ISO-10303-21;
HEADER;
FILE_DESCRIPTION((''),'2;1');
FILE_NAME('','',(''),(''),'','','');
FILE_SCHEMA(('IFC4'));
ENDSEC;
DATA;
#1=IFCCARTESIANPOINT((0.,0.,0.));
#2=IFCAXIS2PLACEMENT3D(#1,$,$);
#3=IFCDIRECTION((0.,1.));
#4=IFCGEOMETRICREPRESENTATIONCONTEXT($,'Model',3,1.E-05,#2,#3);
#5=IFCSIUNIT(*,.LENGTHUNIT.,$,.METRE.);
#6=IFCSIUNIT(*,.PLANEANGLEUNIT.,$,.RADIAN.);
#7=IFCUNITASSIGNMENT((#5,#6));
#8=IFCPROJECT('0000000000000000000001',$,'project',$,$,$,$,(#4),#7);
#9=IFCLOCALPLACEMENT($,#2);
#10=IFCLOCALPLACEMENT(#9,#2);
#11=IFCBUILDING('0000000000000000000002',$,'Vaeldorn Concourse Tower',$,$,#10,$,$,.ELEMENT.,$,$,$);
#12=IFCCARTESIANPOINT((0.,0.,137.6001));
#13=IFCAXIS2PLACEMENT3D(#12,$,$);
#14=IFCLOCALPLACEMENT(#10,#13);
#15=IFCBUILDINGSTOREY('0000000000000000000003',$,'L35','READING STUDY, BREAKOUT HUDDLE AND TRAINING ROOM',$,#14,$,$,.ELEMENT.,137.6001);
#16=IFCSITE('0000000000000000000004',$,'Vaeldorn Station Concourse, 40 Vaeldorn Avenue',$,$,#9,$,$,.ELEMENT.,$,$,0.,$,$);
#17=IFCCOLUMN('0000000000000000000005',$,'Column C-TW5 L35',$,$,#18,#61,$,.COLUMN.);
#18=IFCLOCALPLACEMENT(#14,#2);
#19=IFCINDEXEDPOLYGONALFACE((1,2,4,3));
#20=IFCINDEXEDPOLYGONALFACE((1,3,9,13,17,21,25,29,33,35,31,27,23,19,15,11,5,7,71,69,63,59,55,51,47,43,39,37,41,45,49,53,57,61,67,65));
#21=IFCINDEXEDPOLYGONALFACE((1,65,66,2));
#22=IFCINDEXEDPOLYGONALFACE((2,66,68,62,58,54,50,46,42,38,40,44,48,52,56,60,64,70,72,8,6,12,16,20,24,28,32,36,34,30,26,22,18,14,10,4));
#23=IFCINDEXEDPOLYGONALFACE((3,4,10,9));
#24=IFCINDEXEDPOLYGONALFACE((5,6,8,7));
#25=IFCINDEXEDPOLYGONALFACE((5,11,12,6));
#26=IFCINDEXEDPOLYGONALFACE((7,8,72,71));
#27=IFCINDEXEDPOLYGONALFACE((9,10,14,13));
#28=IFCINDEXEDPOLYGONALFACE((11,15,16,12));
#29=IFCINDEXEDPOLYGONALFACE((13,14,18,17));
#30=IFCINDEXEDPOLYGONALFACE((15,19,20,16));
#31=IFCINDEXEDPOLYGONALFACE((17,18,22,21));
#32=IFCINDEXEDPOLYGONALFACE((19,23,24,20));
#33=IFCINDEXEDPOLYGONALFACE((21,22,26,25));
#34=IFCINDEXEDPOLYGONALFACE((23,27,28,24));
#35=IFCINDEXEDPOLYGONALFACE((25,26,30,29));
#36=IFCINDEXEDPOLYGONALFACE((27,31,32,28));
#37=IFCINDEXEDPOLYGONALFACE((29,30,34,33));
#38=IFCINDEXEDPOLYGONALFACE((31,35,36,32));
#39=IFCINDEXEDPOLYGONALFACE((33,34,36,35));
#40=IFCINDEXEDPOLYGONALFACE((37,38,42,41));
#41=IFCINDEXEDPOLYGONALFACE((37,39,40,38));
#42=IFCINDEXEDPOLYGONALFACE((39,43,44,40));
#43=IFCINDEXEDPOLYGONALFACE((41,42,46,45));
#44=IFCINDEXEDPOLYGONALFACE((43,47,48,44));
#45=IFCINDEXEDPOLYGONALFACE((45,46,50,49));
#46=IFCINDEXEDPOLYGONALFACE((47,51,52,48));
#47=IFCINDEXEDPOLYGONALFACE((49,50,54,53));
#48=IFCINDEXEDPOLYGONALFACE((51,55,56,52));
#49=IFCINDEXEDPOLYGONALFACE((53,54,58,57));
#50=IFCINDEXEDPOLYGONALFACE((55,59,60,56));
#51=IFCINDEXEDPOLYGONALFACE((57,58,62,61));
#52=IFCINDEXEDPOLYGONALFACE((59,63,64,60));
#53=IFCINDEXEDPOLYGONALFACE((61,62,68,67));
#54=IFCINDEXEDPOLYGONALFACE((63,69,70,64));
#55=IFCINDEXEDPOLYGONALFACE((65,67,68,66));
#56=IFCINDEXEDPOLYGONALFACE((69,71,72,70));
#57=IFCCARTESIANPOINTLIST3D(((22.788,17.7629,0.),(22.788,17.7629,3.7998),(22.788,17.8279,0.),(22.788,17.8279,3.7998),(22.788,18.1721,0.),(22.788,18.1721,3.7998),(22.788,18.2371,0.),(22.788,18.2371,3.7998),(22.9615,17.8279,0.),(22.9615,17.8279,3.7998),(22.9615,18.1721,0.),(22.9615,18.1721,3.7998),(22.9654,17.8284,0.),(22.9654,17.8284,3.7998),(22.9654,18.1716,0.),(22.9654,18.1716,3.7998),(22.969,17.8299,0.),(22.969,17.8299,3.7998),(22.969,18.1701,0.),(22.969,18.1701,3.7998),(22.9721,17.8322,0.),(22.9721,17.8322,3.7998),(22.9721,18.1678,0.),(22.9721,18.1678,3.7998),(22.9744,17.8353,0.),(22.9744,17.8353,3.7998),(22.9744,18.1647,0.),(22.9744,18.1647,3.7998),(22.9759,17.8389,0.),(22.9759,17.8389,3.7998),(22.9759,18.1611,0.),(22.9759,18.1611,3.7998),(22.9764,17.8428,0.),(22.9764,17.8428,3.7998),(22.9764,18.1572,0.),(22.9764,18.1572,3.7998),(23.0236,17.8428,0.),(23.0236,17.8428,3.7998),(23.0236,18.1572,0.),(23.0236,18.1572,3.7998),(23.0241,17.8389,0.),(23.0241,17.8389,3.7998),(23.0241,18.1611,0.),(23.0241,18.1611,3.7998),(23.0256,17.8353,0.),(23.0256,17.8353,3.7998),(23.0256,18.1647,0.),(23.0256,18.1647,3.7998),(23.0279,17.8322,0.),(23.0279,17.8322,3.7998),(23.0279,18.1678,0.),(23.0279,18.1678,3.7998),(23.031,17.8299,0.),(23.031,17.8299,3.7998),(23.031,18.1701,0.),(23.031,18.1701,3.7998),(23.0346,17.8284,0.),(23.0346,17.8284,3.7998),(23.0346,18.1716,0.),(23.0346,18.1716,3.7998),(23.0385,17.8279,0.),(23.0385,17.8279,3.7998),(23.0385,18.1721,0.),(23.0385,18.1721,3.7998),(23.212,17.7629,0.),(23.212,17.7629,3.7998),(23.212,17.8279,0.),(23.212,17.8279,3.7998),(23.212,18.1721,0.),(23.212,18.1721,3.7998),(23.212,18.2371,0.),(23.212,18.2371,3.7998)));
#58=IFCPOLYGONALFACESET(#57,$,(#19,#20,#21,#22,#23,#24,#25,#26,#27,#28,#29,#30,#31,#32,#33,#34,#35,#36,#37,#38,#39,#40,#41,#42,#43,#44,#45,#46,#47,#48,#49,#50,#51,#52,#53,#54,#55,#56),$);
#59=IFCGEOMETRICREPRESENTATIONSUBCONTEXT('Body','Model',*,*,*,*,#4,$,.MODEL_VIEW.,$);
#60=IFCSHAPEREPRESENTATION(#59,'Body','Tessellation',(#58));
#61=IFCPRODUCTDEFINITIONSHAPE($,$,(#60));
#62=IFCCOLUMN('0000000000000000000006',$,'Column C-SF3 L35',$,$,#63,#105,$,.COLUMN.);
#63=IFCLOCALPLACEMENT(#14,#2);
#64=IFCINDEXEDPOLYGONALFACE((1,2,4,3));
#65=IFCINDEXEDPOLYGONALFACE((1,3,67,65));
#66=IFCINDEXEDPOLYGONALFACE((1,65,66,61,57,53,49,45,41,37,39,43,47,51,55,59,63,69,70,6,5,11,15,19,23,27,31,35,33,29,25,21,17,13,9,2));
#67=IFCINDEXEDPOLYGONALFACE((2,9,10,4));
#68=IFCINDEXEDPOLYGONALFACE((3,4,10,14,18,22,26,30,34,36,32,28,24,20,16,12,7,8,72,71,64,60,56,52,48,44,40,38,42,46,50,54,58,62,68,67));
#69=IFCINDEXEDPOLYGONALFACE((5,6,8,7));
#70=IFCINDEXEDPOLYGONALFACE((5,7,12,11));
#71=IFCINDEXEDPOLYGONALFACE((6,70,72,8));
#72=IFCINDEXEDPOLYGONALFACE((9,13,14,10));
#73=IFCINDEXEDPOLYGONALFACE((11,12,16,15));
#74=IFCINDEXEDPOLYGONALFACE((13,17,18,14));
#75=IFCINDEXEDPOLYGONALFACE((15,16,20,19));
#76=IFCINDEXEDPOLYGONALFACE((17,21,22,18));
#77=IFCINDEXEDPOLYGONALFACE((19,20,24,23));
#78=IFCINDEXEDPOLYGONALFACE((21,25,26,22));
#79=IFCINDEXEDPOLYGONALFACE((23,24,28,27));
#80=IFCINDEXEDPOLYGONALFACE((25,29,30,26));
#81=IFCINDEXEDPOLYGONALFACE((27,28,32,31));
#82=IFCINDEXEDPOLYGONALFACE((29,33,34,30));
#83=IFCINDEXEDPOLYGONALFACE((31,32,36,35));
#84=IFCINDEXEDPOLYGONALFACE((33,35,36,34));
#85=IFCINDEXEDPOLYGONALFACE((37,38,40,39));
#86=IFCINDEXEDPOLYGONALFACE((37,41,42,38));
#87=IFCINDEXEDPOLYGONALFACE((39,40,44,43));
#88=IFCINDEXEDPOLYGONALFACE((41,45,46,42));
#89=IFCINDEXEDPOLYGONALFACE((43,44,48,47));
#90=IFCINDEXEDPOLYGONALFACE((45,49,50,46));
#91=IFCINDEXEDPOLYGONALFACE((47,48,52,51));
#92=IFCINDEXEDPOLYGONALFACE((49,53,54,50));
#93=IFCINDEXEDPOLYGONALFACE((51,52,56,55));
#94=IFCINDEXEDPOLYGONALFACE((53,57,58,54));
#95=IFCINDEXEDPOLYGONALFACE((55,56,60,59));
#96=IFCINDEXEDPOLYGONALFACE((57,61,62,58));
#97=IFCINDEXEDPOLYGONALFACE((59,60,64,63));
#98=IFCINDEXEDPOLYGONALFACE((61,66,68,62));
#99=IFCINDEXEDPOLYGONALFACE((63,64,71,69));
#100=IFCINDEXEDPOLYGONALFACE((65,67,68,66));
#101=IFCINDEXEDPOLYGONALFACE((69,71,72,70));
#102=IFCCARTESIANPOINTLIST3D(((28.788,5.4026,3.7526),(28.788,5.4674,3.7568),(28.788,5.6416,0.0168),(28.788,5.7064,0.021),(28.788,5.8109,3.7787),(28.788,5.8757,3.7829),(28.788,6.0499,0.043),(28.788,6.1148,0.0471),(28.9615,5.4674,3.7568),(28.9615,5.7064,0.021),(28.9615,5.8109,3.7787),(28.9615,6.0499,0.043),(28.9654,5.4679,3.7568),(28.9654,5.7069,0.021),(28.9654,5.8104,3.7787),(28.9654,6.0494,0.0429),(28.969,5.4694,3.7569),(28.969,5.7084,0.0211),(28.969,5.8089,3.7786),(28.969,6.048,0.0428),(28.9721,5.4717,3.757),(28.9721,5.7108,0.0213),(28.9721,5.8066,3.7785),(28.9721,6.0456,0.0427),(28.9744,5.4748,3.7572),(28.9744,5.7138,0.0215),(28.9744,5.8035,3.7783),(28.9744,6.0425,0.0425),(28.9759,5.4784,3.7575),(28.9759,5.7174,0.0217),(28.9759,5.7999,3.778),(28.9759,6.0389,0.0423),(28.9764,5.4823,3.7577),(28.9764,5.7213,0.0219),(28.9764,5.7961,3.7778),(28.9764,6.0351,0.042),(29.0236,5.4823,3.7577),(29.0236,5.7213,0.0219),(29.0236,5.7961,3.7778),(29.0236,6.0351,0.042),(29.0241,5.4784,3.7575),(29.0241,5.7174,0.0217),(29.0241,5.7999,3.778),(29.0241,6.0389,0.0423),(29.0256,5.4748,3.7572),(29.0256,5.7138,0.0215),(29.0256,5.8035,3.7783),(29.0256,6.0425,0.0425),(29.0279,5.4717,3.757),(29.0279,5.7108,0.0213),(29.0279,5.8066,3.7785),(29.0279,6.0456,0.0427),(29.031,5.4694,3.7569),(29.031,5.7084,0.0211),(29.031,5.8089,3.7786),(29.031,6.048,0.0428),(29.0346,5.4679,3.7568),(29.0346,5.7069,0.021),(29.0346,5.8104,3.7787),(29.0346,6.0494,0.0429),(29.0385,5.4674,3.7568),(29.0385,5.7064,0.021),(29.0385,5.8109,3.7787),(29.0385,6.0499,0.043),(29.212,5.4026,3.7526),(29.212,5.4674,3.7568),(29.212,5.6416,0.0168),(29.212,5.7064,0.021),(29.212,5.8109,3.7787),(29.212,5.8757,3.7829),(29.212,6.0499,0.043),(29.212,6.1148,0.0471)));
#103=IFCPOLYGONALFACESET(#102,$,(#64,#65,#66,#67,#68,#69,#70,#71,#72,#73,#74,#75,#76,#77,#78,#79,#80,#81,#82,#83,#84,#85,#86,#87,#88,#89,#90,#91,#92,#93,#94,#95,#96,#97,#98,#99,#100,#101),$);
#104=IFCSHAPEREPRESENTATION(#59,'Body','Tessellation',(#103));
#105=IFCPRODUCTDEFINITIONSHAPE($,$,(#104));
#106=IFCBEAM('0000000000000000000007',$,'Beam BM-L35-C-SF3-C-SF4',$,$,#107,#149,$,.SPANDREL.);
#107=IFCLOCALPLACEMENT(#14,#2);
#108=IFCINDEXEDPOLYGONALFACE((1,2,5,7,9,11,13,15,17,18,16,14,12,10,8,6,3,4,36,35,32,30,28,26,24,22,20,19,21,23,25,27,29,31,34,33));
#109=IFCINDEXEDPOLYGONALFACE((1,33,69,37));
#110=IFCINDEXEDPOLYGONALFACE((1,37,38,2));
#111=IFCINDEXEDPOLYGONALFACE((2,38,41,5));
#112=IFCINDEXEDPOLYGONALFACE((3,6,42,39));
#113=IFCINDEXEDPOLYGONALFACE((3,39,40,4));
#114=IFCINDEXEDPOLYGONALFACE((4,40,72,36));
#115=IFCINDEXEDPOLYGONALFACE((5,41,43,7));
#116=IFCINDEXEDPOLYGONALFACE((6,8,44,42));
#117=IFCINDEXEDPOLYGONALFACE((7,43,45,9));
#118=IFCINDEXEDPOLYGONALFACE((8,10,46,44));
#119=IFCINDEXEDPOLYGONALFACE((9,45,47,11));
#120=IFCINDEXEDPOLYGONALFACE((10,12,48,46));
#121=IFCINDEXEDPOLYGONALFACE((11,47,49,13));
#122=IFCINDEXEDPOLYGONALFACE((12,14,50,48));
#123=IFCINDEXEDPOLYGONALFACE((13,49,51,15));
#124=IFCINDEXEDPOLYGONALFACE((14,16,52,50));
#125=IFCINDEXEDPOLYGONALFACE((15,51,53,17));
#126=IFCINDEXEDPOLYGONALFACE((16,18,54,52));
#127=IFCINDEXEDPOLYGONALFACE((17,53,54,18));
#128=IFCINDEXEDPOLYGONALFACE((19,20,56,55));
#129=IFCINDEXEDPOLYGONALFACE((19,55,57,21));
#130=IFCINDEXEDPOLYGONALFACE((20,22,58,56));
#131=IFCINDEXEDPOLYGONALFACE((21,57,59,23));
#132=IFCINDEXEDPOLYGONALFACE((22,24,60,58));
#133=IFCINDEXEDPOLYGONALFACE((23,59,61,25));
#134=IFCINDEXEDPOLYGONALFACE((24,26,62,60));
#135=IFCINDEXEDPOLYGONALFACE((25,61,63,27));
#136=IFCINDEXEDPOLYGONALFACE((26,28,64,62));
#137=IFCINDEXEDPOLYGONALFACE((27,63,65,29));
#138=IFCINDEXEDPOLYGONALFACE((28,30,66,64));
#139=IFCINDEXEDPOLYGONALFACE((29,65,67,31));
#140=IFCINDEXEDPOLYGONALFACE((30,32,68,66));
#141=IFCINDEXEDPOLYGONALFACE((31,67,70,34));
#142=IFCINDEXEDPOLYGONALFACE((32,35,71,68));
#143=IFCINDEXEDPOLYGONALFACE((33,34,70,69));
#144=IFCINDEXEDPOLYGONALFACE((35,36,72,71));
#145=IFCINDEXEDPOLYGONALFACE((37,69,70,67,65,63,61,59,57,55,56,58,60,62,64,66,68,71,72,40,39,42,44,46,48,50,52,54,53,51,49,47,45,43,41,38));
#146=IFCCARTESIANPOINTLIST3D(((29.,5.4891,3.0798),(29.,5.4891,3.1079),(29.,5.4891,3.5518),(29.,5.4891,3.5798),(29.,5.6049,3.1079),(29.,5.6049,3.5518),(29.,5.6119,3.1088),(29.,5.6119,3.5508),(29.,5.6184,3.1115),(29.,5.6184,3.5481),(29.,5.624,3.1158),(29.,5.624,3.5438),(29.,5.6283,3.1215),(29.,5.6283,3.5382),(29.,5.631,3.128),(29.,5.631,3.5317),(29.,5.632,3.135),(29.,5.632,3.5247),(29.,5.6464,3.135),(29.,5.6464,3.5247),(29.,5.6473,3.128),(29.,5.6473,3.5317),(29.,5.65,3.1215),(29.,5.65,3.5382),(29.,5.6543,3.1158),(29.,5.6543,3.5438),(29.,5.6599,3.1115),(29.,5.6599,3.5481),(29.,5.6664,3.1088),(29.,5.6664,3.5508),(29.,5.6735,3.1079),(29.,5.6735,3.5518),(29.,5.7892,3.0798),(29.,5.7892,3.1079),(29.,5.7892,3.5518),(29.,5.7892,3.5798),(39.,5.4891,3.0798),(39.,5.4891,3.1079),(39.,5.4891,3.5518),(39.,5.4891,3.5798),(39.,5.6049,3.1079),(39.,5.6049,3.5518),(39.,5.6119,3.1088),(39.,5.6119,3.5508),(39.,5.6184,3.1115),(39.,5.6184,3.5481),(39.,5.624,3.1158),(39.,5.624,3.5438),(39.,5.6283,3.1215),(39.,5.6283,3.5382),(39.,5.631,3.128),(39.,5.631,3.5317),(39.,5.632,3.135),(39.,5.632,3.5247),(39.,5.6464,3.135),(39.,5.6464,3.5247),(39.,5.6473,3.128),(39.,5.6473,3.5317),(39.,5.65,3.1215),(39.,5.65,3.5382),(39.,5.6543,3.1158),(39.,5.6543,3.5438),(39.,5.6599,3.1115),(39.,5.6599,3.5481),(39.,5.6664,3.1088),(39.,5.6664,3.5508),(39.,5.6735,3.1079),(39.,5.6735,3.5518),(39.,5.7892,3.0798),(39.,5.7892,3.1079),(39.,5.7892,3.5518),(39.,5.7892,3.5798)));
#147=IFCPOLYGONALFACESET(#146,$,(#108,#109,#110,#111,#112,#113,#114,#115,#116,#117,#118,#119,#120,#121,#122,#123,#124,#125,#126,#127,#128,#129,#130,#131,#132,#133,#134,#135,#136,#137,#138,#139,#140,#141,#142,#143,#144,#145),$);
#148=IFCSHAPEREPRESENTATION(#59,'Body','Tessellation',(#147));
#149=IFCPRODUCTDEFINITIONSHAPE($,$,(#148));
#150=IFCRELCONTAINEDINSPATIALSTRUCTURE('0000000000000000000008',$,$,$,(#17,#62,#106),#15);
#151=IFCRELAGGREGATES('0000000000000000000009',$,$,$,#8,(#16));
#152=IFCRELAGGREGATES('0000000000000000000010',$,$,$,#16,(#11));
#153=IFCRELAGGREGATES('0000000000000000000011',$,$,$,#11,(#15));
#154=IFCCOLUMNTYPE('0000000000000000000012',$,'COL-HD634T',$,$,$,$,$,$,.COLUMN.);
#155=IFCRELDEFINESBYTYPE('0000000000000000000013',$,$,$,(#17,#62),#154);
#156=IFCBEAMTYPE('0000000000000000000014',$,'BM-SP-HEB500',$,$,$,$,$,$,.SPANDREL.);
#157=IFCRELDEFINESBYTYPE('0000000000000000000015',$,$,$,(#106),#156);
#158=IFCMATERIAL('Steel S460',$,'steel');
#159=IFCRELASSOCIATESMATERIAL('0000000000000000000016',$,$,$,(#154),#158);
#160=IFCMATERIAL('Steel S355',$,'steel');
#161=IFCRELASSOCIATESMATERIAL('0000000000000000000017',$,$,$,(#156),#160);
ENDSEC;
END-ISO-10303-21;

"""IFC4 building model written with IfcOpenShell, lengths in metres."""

from ifc_helpers import new_model, si_unit, direction, frame, origin, origin_2d, place, context, subcontext, project, spatial, i_section, extrude, source, transform, mapped, material, material_profile, profile_set, type_object, element, save


model = new_model("IFC4")

# Units and contexts
model_context = context("Model", 3, precision=1e-05, world=origin(), true_north=direction((0.0, 1.0)))
body_context = subcontext(model_context, "Body", "Model", "MODEL_VIEW")
ifc_project = project(units=[si_unit("LENGTHUNIT", "METRE"), si_unit("PLANEANGLEUNIT", "RADIAN")], contexts=[model_context])

# Site, building, storey
site_placement = place(None, origin())
site = spatial("IfcSite", under=ifc_project, at=site_placement, Name="Vaeldorn Station Concourse, 40 Vaeldorn Avenue", CompositionType="ELEMENT", RefElevation=0.0)
building_placement = place(site_placement, origin())
building = spatial("IfcBuilding", under=site, at=building_placement, Name="Vaeldorn Concourse Tower", CompositionType="ELEMENT")
storey_placement = place(building_placement, frame((0.0, 0.0, 137.6001)))
storey = spatial("IfcBuildingStorey", under=building, at=storey_placement, Name="L35", Description="READING STUDY, BREAKOUT HUDDLE AND TRAINING ROOM", CompositionType="ELEMENT", Elevation=137.6001)

# Columns
ifc_material_1 = material(Name="Steel S460", Category="steel")
ifc_material_profile_1 = material_profile(ifc_material_1, i_section(OverallWidth=0.4241, OverallDepth=0.4741, WebThickness=0.0471, FlangeThickness=0.0649, FilletRadius=0.0149, at=origin_2d()), Name="HD 400x634")
ifc_profile_set_1 = profile_set([ifc_material_profile_1], Name="Steel S460")
column_type = type_object("IfcColumnType", Name="COL-HD634T", PredefinedType="COLUMN", material=ifc_profile_set_1)
shared_shape_1 = source(origin(), body_context, "Body", "SweptSolid", [
    extrude(i_section(OverallWidth=0.4241, OverallDepth=0.4741, WebThickness=0.0471, FlangeThickness=0.0649, FilletRadius=0.0149, at=origin_2d()), origin(), (0.0, 0.0, 1.0), 3.7998),
])
column_1_placement = place(storey_placement, frame((23.0, 18.0, 0.0), z_axis=(0.0, 0.0, 1.0), x_axis=(1.0, 0.0, 0.0)))
element("IfcColumn", 1, at=column_1_placement, inside=storey, type_object=column_type, Name="Column C-TW5 L35", PredefinedType="COLUMN", context=body_context, shape_type="MappedRepresentation", body=[
    mapped(shared_shape_1, transform((0.0, 0.0, 0.0), scale=1.0)),
])
shared_shape_2 = source(origin(), body_context, "Body", "SweptSolid", [
    extrude(i_section(OverallWidth=0.4241, OverallDepth=0.4741, WebThickness=0.0471, FlangeThickness=0.0649, FilletRadius=0.0149, at=origin_2d()), origin(), (0.0, 0.0, 1.0), 3.7434),
])
column_2_placement = place(storey_placement, frame((29.0, 5.8782, 0.032), z_axis=(0.0, -0.063848, 0.99796), x_axis=(1.0, 0.0, 0.0)))
element("IfcColumn", 2, at=column_2_placement, inside=storey, type_object=column_type, Name="Column C-SF3 L35", PredefinedType="COLUMN", context=body_context, shape_type="MappedRepresentation", body=[
    mapped(shared_shape_2, transform((0.0, 0.0, 0.0), scale=1.0)),
])

# Beam
ifc_material_2 = material(Name="Steel S355", Category="steel")
ifc_material_profile_2 = material_profile(ifc_material_2, i_section(OverallWidth=0.3, OverallDepth=0.5, WebThickness=0.0144, FlangeThickness=0.0281, FilletRadius=0.0271, at=origin_2d()), Name="HEB 500")
ifc_profile_set_2 = profile_set([ifc_material_profile_2], Name="Steel S355")
beam_type_1 = type_object("IfcBeamType", Name="BM-SP-HEB500", PredefinedType="SPANDREL", material=ifc_profile_set_2)
shared_shape_3 = source(origin(), body_context, "Body", "SweptSolid", [
    extrude(i_section(OverallWidth=0.3, OverallDepth=0.5, WebThickness=0.0144, FlangeThickness=0.0281, FilletRadius=0.0271, at=origin_2d()), origin(), (0.0, 0.0, 1.0), 10.0),
])
beam_1_placement = place(storey_placement, frame((29.0, 5.6392, 3.3298), z_axis=(1.0, 0.0, 0.0), x_axis=(0.0, 1.0, 0.0)))
element("IfcBeam", 3, at=beam_1_placement, inside=storey, type_object=beam_type_1, Name="Beam BM-L35-C-SF3-C-SF4", PredefinedType="SPANDREL", context=body_context, shape_type="MappedRepresentation", body=[
    mapped(shared_shape_3, transform((0.0, 0.0, 0.0), scale=1.0)),
])

save(model, "model.ifc")
